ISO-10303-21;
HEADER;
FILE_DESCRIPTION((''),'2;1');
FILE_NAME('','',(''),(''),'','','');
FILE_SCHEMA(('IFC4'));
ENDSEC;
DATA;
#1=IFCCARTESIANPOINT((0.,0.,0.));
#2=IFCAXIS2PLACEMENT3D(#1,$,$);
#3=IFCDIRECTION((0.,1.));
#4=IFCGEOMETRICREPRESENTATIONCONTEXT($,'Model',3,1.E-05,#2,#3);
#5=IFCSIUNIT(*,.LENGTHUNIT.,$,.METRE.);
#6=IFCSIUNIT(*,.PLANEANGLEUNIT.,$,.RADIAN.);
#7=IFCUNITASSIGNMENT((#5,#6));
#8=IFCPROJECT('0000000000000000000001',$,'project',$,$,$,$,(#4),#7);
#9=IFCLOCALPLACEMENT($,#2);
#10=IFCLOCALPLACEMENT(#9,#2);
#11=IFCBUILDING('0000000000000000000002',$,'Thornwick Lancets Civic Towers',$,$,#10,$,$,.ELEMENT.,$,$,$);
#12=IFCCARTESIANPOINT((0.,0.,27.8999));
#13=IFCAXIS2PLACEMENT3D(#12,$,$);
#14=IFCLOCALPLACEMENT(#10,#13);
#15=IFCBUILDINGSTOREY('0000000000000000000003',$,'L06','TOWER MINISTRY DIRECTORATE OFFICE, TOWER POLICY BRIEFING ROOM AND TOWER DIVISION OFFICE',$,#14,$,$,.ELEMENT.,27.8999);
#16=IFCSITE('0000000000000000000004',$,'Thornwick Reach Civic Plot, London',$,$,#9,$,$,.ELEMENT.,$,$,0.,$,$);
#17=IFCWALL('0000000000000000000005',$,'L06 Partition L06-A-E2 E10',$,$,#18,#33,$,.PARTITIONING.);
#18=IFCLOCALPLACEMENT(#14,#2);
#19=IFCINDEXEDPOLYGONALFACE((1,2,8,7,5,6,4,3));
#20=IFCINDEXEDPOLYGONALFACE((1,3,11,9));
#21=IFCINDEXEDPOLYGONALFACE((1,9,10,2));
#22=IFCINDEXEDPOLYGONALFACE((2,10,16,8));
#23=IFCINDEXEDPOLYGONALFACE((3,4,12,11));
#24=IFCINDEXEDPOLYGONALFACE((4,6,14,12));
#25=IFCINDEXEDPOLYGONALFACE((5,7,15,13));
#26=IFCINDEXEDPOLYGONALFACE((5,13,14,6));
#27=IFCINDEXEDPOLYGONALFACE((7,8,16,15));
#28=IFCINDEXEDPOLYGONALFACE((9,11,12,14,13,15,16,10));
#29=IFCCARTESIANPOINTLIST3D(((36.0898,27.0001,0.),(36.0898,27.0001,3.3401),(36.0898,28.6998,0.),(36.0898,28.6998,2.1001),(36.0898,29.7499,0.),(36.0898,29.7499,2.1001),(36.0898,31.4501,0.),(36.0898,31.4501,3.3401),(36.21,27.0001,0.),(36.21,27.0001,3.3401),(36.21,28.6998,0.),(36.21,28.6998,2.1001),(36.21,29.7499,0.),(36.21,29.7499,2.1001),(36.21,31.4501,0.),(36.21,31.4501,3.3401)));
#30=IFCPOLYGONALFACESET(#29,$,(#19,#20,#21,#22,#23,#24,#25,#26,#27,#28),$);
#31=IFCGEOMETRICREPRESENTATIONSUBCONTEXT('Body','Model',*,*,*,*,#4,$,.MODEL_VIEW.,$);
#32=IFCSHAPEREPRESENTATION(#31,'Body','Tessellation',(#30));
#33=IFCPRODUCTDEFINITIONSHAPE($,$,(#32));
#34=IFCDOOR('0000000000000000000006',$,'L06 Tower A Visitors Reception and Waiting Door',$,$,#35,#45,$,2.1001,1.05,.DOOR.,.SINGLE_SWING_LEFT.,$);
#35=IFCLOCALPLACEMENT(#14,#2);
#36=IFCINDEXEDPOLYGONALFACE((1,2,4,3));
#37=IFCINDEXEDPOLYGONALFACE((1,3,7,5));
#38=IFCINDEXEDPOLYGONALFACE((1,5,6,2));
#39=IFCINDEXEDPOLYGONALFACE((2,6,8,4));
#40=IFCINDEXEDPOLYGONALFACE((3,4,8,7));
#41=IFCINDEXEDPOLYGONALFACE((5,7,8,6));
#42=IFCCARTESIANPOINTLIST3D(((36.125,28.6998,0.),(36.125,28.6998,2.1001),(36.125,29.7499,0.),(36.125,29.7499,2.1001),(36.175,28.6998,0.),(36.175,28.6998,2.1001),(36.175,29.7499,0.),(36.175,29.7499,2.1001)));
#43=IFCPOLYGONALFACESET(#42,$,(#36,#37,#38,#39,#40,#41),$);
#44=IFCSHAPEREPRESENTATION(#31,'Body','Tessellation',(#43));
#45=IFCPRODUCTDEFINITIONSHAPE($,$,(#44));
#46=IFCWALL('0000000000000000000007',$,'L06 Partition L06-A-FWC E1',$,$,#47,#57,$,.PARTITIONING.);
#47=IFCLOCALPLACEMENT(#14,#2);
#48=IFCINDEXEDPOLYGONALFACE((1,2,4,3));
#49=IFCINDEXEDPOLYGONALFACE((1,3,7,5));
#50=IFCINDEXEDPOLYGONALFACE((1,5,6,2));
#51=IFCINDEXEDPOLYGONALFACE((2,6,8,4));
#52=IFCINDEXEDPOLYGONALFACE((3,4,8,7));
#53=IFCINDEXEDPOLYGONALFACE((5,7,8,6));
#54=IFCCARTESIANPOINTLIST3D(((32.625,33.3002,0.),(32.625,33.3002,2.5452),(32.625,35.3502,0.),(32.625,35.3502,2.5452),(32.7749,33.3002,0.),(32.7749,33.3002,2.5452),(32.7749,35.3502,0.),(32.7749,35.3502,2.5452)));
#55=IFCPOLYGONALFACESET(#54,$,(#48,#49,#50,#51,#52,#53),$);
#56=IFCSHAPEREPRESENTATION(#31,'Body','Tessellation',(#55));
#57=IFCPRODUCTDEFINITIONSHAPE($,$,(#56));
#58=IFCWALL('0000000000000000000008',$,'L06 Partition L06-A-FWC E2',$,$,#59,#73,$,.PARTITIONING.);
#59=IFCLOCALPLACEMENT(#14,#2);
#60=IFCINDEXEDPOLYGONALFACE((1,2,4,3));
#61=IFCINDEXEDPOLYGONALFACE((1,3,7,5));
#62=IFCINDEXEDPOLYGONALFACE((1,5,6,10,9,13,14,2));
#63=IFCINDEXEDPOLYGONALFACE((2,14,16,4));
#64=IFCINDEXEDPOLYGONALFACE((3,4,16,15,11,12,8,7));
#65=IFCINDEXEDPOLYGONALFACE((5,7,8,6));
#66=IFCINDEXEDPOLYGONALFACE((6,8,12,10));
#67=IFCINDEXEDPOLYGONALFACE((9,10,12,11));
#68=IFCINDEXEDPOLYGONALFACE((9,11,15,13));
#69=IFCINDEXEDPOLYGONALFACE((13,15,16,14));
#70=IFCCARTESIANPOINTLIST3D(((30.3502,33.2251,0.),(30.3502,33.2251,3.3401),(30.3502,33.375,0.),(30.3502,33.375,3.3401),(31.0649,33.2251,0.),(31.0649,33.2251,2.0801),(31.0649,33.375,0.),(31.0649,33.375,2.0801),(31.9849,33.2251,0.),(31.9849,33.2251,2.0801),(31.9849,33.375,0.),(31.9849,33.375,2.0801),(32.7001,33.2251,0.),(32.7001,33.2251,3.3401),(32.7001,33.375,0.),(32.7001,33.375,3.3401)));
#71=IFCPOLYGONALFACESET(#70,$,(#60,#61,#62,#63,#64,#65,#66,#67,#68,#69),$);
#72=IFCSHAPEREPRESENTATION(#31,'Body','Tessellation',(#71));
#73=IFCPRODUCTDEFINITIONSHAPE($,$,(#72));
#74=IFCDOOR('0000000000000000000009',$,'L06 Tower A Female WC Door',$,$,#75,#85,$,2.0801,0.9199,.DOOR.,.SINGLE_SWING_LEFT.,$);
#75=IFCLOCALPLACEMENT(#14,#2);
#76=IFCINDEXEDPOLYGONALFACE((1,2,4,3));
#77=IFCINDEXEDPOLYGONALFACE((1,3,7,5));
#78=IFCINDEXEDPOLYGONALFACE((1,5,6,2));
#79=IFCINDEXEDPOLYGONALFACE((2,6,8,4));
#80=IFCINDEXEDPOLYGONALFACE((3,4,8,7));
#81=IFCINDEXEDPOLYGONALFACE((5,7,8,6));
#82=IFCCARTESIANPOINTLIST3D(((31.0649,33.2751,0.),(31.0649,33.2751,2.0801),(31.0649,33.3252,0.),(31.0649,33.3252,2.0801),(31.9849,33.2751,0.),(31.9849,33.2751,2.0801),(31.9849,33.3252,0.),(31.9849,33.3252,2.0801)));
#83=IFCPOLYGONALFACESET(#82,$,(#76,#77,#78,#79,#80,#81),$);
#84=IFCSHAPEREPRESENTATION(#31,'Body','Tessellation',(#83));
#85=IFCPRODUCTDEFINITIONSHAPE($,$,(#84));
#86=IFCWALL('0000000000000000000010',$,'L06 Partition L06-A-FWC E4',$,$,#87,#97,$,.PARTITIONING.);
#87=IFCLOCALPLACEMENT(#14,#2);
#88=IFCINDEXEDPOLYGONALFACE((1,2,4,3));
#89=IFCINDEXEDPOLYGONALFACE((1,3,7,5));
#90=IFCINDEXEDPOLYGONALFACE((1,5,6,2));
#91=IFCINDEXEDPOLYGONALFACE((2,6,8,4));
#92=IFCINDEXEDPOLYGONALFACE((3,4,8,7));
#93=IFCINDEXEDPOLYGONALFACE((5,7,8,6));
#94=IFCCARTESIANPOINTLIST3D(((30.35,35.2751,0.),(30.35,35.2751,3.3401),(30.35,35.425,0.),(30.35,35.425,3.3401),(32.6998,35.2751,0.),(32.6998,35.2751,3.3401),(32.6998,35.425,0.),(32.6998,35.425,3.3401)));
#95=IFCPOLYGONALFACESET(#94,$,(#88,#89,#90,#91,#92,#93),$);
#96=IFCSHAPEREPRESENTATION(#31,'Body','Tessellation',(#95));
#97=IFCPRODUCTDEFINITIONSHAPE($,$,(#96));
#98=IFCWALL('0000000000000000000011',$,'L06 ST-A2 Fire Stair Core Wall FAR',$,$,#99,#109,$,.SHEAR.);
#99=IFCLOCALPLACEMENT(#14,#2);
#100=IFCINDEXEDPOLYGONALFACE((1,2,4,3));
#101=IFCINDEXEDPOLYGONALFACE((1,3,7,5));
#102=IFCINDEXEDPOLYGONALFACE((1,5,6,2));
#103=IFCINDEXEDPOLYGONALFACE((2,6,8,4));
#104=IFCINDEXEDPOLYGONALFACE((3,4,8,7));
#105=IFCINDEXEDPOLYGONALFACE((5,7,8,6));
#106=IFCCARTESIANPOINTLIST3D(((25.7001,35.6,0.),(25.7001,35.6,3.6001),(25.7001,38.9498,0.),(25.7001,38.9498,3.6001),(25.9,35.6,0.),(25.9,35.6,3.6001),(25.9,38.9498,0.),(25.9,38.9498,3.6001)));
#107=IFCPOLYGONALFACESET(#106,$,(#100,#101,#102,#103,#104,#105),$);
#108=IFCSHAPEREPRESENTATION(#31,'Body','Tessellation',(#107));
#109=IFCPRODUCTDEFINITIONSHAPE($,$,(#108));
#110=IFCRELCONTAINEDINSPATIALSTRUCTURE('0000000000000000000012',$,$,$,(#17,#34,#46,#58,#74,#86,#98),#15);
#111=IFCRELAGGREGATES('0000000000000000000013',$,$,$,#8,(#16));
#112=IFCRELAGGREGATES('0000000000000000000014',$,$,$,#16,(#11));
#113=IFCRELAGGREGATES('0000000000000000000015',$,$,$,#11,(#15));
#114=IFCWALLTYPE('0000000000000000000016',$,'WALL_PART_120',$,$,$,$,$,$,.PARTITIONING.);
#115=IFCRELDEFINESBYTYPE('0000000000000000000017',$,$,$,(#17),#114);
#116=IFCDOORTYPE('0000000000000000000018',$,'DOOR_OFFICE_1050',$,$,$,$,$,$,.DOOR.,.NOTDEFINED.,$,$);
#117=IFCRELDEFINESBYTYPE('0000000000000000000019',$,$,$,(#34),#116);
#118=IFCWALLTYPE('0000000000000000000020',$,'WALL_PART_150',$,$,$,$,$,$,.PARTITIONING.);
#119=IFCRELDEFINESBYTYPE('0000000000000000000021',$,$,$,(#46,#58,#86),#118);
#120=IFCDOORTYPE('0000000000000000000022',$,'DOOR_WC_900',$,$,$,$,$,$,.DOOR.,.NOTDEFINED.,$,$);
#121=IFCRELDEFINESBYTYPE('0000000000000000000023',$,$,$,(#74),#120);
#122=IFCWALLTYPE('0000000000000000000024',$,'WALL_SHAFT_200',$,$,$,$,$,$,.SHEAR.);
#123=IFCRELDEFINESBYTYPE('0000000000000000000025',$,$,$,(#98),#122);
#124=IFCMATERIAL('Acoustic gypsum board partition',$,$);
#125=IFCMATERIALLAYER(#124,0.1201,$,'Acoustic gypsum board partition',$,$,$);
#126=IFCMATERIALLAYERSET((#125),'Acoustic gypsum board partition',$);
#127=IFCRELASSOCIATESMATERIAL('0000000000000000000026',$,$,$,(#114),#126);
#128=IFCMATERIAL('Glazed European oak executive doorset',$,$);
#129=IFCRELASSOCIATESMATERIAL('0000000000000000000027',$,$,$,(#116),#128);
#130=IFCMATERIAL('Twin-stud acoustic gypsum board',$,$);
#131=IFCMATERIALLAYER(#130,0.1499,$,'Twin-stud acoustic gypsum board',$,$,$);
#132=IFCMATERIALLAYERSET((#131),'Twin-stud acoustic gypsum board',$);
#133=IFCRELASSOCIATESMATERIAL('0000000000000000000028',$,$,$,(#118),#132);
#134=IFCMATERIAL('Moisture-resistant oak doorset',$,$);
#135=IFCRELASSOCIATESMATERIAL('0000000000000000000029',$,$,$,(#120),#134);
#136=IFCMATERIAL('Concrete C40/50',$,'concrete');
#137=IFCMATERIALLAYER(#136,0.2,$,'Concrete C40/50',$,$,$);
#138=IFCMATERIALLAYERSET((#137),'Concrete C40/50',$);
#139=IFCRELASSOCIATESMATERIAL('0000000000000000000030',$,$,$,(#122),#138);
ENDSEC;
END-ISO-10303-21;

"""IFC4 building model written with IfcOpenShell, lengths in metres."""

from ifc_helpers import new_model, si_unit, direction, frame, frame_2d, origin, place, context, subcontext, project, spatial, rectangle, extrude, material, layer, layer_set, type_object, element, fill, save


model = new_model("IFC4")

# Units and contexts
model_context = context("Model", 3, precision=1e-05, world=origin(), true_north=direction((0.0, 1.0)))
body_context = subcontext(model_context, "Body", "Model", "MODEL_VIEW")
ifc_project = project(units=[si_unit("LENGTHUNIT", "METRE"), si_unit("PLANEANGLEUNIT", "RADIAN")], contexts=[model_context])

# Site, building, storey
site_placement = place(None, origin())
site = spatial("IfcSite", under=ifc_project, at=site_placement, Name="Thornwick Reach Civic Plot, London", CompositionType="ELEMENT", RefElevation=0.0)
building_placement = place(site_placement, origin())
building = spatial("IfcBuilding", under=site, at=building_placement, Name="Thornwick Lancets Civic Towers", CompositionType="ELEMENT")
storey_placement = place(building_placement, frame((0.0, 0.0, 27.8999)))
storey = spatial("IfcBuildingStorey", under=building, at=storey_placement, Name="L06", Description="TOWER MINISTRY DIRECTORATE OFFICE, TOWER POLICY BRIEFING ROOM AND TOWER DIVISION OFFICE", CompositionType="ELEMENT", Elevation=27.8999)

# Shared definitions
ifc_material_1 = material(Name="Acoustic gypsum board partition")
ifc_layer_1 = layer(ifc_material_1, 0.1201, Name="Acoustic gypsum board partition")
ifc_layer_set_1 = layer_set([ifc_layer_1], Name="Acoustic gypsum board partition")
wall_type_1 = type_object("IfcWallType", Name="WALL_PART_120", PredefinedType="PARTITIONING", material=ifc_layer_set_1)

# Shared definitions
ifc_material_2 = material(Name="Glazed European oak executive doorset")
door_type_1 = type_object("IfcDoorType", Name="DOOR_OFFICE_1050", OperationType="NOTDEFINED", PredefinedType="DOOR", material=ifc_material_2)

# Wall, opening, door
wall_1_placement = place(storey_placement, frame((36.1499, 27.0, 0.0), z_axis=(0.0, 0.0, 1.0), x_axis=(0.0, 1.0, 0.0)))
wall_1 = element("IfcWall", 1, at=wall_1_placement, inside=storey, type_object=wall_type_1, Name="L06 Partition L06-A-E2 E10", PredefinedType="PARTITIONING", context=body_context, shape_type="SweptSolid", body=[
    extrude(rectangle(XDim=4.45, YDim=0.1201, at=frame_2d((2.2251, 0.0))), origin(), (0.0, 0.0, 1.0), 3.3401),
])
opening_1_placement = place(wall_1_placement, frame((1.7, 0.0, 0.0)))
opening_1 = element("IfcOpeningElement", 2, at=opening_1_placement, cuts=wall_1, PredefinedType="OPENING", context=body_context, shape_type="SweptSolid", body=[
    extrude(rectangle(XDim=1.05, YDim=2.1001, at=frame_2d((0.5249, 1.05))), frame((0.0, 0.0701, 0.0), z_axis=(0.0, -1.0, 0.0), x_axis=(1.0, 0.0, 0.0)), (0.0, 0.0, 1.0), 0.1401),
])
door_1_placement = place(opening_1_placement, origin())
door_1 = element("IfcDoor", 3, at=door_1_placement, inside=storey, type_object=door_type_1, Name="L06 Tower A Visitors Reception and Waiting Door", OperationType="SINGLE_SWING_LEFT", OverallHeight=2.1001, OverallWidth=1.05, PredefinedType="DOOR", context=body_context, shape_type="SweptSolid", body=[
    extrude(rectangle(XDim=1.05, YDim=2.1001, at=frame_2d((0.5249, 1.05))), frame((0.0, 0.0249, 0.0), z_axis=(0.0, -1.0, 0.0), x_axis=(1.0, 0.0, 0.0)), (0.0, 0.0, 1.0), 0.05),
])
fill(opening_1, door_1)

# Wall
ifc_material_3 = material(Name="Twin-stud acoustic gypsum board")
ifc_layer_2 = layer(ifc_material_3, 0.1499, Name="Twin-stud acoustic gypsum board")
ifc_layer_set_2 = layer_set([ifc_layer_2], Name="Twin-stud acoustic gypsum board")
wall_type_2 = type_object("IfcWallType", Name="WALL_PART_150", PredefinedType="PARTITIONING", material=ifc_layer_set_2)
wall_2_placement = place(storey_placement, frame((32.7, 35.3501, 0.0), z_axis=(0.0, 0.0, 1.0), x_axis=(0.0, -1.0, 0.0)))
element("IfcWall", 4, at=wall_2_placement, inside=storey, type_object=wall_type_2, Name="L06 Partition L06-A-FWC E1", PredefinedType="PARTITIONING", context=body_context, shape_type="SweptSolid", body=[
    extrude(rectangle(XDim=2.05, YDim=0.1499, at=frame_2d((1.0249, 0.0))), origin(), (0.0, 0.0, 1.0), 2.5452),
])

# Wall, opening, door
wall_3_placement = place(storey_placement, frame((32.7, 33.3, 0.0), z_axis=(0.0, 0.0, 1.0), x_axis=(-1.0, 0.0, 0.0)))
wall_3 = element("IfcWall", 5, at=wall_3_placement, inside=storey, type_object=wall_type_2, Name="L06 Partition L06-A-FWC E2", PredefinedType="PARTITIONING", context=body_context, shape_type="SweptSolid", body=[
    extrude(rectangle(XDim=2.3499, YDim=0.1499, at=frame_2d((1.1748, 0.0))), origin(), (0.0, 0.0, 1.0), 3.3401),
])
opening_2_placement = place(wall_3_placement, frame((0.7151, 0.0, 0.0)))
opening_2 = element("IfcOpeningElement", 6, at=opening_2_placement, cuts=wall_3, PredefinedType="OPENING", context=body_context, shape_type="SweptSolid", body=[
    extrude(rectangle(XDim=0.9199, YDim=2.0801, at=frame_2d((0.46, 1.04))), frame((0.0, 0.085, 0.0), z_axis=(0.0, -1.0, 0.0), x_axis=(1.0, 0.0, 0.0)), (0.0, 0.0, 1.0), 0.1699),
])
ifc_material_4 = material(Name="Moisture-resistant oak doorset")
door_type_2 = type_object("IfcDoorType", Name="DOOR_WC_900", OperationType="NOTDEFINED", PredefinedType="DOOR", material=ifc_material_4)
door_2_placement = place(opening_2_placement, origin())
door_2 = element("IfcDoor", 7, at=door_2_placement, inside=storey, type_object=door_type_2, Name="L06 Tower A Female WC Door", OperationType="SINGLE_SWING_LEFT", OverallHeight=2.0801, OverallWidth=0.9199, PredefinedType="DOOR", context=body_context, shape_type="SweptSolid", body=[
    extrude(rectangle(XDim=0.9199, YDim=2.0801, at=frame_2d((0.46, 1.04))), frame((0.0, 0.0249, 0.0), z_axis=(0.0, -1.0, 0.0), x_axis=(1.0, 0.0, 0.0)), (0.0, 0.0, 1.0), 0.05),
])
fill(opening_2, door_2)

# Walls
wall_4_placement = place(storey_placement, frame((30.3501, 35.3501, 0.0), z_axis=(0.0, 0.0, 1.0), x_axis=(1.0, 0.0, 0.0)))
element("IfcWall", 8, at=wall_4_placement, inside=storey, type_object=wall_type_2, Name="L06 Partition L06-A-FWC E4", PredefinedType="PARTITIONING", context=body_context, shape_type="SweptSolid", body=[
    extrude(rectangle(XDim=2.3499, YDim=0.1499, at=frame_2d((1.1748, 0.0))), origin(), (0.0, 0.0, 1.0), 3.3401),
])
ifc_material_5 = material(Name="Concrete C40/50", Category="concrete")
ifc_layer_3 = layer(ifc_material_5, 0.2, Name="Concrete C40/50")
ifc_layer_set_3 = layer_set([ifc_layer_3], Name="Concrete C40/50")
wall_type_3 = type_object("IfcWallType", Name="WALL_SHAFT_200", PredefinedType="SHEAR", material=ifc_layer_set_3)
wall_5_placement = place(storey_placement, frame((25.8, 35.6001, 0.0), z_axis=(0.0, 0.0, 1.0), x_axis=(0.0, 1.0, 0.0)))
element("IfcWall", 9, at=wall_5_placement, inside=storey, type_object=wall_type_3, Name="L06 ST-A2 Fire Stair Core Wall FAR", PredefinedType="SHEAR", context=body_context, shape_type="SweptSolid", body=[
    extrude(rectangle(XDim=3.3499, YDim=0.2, at=frame_2d((1.6748, 0.0))), origin(), (0.0, 0.0, 1.0), 3.6001),
])

save(model, "model.ifc")
